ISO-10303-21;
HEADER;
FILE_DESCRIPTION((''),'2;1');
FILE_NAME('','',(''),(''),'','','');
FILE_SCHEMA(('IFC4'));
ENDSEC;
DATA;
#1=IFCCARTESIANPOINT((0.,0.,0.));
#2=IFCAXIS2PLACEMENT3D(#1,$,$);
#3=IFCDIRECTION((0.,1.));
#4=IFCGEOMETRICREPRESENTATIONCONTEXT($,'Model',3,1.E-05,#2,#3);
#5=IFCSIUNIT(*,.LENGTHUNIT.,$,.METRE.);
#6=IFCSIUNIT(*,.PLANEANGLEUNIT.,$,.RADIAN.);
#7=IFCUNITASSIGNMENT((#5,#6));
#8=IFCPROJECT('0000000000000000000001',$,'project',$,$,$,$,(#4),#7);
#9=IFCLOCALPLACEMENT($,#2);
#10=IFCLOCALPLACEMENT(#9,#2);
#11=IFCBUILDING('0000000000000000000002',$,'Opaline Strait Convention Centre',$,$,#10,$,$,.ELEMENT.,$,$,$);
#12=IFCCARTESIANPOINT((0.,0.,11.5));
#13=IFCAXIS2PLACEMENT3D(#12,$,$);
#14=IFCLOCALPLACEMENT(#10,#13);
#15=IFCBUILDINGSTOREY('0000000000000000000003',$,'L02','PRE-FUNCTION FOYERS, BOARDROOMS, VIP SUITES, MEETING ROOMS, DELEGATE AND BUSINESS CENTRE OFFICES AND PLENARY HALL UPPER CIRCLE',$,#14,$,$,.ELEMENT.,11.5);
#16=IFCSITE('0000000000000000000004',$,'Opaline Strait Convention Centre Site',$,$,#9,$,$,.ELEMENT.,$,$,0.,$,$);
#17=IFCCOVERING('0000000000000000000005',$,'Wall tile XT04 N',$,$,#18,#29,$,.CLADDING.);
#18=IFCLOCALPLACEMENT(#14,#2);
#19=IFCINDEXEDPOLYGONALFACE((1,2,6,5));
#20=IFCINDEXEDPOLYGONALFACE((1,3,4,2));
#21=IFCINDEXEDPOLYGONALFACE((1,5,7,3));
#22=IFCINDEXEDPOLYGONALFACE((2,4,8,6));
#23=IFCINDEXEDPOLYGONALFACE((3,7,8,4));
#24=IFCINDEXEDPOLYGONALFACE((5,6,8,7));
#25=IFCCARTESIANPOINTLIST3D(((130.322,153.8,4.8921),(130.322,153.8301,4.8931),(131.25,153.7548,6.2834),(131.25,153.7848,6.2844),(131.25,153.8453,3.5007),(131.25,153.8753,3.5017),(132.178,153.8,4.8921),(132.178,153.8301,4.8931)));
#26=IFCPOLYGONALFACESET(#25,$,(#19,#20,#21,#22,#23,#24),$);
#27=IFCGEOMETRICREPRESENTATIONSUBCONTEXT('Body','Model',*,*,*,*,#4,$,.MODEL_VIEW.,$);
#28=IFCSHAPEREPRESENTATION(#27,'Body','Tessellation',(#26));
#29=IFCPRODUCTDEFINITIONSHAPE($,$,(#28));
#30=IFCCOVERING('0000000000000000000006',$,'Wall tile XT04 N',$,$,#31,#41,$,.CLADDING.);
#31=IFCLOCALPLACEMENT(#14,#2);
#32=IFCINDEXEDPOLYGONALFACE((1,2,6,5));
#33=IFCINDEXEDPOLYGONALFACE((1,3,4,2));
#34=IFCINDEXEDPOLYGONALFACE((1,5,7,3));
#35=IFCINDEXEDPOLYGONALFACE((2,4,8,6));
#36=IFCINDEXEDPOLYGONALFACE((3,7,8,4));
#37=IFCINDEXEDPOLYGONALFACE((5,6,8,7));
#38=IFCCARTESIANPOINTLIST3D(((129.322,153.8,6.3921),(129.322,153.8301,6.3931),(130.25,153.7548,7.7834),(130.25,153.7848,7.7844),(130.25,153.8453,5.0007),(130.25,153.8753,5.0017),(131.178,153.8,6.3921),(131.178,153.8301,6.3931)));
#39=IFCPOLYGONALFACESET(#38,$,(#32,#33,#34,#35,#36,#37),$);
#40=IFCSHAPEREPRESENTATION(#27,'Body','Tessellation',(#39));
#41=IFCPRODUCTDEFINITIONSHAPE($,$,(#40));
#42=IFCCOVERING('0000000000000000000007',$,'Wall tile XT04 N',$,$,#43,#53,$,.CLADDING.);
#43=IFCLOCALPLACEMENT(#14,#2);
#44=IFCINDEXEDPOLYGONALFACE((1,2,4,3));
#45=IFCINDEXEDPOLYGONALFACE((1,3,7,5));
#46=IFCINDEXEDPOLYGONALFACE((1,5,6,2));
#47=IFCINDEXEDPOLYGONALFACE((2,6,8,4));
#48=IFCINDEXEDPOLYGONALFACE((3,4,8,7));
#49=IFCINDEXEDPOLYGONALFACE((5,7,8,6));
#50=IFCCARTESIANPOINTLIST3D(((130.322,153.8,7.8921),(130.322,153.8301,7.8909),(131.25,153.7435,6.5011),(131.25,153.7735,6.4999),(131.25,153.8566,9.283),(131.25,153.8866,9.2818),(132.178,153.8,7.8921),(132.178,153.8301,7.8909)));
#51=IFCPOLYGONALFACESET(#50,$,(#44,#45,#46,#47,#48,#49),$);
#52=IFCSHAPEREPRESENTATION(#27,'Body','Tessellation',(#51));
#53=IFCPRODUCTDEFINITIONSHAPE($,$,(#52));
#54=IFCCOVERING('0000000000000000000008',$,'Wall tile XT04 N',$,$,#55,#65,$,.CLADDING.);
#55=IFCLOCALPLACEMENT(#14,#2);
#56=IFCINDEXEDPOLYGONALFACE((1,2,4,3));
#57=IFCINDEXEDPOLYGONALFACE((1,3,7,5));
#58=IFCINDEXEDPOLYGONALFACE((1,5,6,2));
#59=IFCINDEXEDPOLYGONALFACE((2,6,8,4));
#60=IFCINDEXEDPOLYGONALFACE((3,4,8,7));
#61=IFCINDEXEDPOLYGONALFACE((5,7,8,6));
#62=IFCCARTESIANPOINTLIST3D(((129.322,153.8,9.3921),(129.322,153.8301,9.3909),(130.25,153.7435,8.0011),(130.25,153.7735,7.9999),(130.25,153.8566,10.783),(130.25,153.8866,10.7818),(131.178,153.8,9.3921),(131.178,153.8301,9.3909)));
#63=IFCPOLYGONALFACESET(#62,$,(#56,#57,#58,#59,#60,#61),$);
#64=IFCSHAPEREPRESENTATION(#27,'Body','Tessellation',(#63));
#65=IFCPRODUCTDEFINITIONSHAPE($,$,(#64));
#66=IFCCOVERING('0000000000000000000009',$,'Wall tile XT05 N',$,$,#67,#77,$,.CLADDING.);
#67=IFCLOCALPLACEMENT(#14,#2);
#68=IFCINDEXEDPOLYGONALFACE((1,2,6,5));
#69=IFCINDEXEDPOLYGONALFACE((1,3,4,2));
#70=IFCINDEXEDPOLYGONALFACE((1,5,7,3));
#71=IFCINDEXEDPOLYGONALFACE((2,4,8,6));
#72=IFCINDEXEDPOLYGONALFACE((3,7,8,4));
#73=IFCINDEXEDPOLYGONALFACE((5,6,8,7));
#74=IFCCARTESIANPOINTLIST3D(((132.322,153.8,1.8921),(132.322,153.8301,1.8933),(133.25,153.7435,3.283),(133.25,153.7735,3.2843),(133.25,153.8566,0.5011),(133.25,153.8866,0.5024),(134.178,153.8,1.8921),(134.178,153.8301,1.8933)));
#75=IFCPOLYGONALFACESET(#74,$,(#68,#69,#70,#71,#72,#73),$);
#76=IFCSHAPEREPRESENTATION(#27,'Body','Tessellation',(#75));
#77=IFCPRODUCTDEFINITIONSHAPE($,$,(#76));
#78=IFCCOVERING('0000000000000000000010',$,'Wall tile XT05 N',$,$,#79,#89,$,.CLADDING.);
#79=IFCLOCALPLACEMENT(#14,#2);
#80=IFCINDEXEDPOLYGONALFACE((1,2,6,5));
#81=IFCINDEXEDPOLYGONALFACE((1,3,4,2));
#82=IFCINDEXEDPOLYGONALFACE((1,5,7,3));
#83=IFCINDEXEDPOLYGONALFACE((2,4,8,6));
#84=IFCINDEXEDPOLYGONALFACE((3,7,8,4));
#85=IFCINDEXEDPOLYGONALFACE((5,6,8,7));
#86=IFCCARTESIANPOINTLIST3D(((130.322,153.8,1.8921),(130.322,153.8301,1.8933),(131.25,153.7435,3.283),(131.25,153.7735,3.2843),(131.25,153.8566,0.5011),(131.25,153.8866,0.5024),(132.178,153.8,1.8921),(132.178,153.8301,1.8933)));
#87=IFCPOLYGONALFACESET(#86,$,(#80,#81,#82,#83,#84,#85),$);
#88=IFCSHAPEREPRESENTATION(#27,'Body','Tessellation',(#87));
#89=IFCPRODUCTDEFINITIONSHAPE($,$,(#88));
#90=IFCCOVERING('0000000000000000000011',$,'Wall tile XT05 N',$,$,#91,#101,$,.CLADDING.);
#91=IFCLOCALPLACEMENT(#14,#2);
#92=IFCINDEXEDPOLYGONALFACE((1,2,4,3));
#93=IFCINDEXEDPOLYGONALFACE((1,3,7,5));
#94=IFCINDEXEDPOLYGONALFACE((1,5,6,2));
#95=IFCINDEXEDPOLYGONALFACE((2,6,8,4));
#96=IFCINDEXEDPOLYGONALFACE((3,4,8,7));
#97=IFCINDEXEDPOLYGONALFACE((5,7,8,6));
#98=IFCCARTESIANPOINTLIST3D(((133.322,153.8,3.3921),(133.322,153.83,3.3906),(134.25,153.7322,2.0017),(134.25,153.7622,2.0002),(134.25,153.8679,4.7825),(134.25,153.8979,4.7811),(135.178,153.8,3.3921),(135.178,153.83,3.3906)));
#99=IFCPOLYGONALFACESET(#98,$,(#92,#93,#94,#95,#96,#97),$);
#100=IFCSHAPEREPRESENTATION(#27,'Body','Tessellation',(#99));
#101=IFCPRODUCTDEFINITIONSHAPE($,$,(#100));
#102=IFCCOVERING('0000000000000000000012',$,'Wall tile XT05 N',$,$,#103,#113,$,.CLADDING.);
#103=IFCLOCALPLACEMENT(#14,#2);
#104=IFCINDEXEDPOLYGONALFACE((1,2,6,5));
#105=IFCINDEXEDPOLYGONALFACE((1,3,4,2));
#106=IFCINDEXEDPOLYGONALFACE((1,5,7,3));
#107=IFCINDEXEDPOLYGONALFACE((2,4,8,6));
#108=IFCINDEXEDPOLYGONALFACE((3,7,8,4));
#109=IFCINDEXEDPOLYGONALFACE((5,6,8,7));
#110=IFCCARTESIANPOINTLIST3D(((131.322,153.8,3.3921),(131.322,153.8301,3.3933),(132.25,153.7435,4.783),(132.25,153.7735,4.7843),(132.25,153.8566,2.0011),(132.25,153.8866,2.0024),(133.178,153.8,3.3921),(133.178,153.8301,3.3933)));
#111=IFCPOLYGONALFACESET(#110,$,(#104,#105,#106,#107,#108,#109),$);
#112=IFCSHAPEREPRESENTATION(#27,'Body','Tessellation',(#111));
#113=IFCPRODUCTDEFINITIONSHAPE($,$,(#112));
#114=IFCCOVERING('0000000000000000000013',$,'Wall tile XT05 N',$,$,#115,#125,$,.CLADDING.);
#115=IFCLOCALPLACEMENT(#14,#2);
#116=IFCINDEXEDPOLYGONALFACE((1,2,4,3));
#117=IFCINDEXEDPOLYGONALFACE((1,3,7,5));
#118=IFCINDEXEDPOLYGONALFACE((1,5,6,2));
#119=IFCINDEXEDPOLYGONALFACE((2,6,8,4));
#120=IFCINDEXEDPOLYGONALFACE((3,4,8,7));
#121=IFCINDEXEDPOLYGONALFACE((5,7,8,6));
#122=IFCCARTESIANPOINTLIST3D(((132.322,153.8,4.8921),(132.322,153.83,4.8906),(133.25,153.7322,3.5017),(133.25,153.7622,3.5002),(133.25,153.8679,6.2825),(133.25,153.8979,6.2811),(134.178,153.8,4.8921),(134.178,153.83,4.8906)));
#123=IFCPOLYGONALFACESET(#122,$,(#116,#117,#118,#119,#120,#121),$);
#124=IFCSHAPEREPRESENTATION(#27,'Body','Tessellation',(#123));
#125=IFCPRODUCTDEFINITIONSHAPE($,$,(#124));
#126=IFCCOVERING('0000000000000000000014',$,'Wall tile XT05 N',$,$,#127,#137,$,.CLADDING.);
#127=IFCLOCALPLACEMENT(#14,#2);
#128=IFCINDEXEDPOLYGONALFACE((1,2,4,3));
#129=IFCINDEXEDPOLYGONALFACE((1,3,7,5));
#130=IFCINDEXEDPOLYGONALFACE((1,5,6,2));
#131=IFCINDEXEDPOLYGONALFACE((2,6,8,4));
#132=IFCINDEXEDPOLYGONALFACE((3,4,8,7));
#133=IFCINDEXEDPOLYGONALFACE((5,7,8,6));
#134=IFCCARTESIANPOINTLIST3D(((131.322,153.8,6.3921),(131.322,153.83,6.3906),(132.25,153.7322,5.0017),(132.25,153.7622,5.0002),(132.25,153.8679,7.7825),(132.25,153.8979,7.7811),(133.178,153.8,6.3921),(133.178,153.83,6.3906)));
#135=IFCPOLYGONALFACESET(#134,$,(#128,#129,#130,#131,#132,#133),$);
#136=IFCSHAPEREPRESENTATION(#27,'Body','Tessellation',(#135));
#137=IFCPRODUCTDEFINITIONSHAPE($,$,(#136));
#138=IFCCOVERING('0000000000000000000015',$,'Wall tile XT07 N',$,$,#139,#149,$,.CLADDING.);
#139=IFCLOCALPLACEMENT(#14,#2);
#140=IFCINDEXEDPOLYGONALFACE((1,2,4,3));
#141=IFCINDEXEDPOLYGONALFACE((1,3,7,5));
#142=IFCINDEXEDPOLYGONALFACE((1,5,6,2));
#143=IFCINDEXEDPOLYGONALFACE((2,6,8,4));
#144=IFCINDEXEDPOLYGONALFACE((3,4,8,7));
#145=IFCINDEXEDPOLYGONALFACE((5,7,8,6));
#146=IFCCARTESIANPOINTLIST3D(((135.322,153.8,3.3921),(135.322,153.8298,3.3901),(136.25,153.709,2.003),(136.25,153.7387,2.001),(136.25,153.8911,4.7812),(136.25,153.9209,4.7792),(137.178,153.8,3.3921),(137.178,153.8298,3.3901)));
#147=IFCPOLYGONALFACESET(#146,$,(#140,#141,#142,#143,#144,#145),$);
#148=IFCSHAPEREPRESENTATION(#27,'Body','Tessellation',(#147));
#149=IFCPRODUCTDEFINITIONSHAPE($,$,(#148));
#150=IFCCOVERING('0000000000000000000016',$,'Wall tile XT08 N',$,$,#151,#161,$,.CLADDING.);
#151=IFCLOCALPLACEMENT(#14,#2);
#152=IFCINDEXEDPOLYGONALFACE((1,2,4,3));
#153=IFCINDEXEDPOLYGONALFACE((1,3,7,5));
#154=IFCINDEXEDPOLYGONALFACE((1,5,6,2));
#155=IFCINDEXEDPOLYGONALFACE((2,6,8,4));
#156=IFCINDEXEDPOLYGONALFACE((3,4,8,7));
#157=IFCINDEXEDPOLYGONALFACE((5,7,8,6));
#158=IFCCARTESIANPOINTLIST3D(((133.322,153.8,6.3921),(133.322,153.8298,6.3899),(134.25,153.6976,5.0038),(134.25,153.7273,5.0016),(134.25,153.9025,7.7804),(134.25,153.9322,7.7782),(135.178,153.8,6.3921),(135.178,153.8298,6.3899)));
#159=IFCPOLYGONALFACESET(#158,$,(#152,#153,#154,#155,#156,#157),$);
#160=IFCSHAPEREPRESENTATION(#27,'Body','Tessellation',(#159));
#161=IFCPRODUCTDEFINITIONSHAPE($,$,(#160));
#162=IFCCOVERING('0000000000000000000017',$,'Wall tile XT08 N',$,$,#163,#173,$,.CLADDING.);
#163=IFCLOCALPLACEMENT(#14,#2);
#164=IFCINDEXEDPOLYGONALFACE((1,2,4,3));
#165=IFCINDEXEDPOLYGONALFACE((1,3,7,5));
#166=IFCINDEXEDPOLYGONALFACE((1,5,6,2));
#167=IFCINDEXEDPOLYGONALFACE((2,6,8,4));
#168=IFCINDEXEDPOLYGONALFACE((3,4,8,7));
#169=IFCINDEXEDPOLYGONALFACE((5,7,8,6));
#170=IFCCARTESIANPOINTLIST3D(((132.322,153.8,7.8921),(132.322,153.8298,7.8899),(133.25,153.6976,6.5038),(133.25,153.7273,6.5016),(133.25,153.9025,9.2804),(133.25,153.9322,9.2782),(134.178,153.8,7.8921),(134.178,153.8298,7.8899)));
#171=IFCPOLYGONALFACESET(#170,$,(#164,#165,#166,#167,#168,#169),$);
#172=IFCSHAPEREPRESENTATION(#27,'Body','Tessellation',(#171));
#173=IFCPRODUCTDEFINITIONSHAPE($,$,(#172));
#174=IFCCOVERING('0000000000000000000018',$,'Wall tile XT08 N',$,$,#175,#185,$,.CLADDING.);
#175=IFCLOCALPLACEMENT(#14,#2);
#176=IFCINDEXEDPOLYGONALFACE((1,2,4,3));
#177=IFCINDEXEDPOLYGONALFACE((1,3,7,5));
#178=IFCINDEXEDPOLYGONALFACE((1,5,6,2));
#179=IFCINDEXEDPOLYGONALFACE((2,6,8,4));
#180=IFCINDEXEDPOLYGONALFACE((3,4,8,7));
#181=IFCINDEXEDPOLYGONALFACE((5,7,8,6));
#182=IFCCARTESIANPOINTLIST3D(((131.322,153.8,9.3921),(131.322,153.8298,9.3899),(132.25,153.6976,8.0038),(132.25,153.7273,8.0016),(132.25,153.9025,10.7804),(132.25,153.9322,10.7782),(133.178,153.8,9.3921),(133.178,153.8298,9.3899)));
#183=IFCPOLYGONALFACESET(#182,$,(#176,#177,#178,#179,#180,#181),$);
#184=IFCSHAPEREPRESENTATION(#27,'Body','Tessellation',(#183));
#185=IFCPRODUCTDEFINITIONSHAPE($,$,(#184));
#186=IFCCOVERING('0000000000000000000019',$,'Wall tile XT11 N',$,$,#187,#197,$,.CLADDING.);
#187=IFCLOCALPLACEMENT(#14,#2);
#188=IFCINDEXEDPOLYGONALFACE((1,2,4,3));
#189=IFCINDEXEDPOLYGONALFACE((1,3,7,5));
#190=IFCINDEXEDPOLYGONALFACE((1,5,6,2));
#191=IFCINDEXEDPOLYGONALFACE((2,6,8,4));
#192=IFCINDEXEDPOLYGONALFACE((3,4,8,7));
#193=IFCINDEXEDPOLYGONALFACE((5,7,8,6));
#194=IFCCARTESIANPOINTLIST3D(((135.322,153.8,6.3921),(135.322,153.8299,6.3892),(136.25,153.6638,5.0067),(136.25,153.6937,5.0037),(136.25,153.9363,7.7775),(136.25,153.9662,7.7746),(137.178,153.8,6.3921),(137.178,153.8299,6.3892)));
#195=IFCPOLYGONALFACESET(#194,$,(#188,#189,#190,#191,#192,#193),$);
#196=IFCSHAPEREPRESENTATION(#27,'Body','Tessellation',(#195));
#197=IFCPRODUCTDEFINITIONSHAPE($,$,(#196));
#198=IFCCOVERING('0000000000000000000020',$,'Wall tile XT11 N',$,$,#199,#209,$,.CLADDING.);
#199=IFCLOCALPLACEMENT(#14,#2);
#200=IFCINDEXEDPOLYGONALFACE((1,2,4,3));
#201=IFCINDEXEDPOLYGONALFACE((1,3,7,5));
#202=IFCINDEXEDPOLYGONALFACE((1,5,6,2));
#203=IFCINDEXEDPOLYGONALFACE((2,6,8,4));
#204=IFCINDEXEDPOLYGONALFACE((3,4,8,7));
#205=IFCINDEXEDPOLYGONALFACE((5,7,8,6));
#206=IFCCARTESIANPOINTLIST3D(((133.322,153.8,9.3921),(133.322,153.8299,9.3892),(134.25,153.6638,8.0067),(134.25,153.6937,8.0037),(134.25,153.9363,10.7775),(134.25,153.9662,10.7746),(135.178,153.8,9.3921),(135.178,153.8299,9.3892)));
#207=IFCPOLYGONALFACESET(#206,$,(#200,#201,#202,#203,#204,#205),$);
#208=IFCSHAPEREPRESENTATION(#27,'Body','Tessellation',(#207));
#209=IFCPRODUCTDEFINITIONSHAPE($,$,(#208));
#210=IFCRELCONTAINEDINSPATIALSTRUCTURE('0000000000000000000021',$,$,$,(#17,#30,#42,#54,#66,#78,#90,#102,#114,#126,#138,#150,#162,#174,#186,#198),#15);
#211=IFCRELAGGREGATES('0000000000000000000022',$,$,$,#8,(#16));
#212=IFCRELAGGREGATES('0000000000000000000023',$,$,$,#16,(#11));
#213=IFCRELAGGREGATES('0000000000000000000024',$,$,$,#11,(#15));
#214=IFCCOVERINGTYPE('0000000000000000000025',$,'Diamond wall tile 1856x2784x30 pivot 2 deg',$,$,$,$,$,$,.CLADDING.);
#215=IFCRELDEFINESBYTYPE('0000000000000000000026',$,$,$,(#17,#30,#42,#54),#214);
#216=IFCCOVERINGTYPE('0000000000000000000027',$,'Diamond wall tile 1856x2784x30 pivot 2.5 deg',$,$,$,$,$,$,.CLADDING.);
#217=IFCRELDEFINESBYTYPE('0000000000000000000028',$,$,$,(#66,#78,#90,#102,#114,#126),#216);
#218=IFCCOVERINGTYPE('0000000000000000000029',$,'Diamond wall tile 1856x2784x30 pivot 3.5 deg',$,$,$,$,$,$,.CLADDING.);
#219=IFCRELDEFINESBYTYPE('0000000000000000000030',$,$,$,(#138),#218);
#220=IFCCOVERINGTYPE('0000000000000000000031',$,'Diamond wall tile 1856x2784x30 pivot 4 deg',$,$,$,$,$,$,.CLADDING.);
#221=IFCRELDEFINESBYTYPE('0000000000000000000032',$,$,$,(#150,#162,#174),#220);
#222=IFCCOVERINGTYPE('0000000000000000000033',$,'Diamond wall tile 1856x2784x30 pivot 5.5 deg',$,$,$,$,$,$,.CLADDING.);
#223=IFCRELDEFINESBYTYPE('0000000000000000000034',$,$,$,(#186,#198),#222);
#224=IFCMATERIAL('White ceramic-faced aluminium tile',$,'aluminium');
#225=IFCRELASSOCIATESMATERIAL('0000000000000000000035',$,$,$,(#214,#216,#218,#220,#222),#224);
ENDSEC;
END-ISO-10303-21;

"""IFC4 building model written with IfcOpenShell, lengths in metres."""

from ifc_helpers import new_model, si_unit, direction, frame, origin, place, context, subcontext, project, spatial, polyline, outline, extrude, material, material_profile, profile_set, type_object, element, save


model = new_model("IFC4")

# Units and contexts
model_context = context("Model", 3, precision=1e-05, world=origin(), true_north=direction((0.0, 1.0)))
body_context = subcontext(model_context, "Body", "Model", "MODEL_VIEW")
ifc_project = project(units=[si_unit("LENGTHUNIT", "METRE"), si_unit("PLANEANGLEUNIT", "RADIAN")], contexts=[model_context])

# Site, building, storey
site_placement = place(None, origin())
site = spatial("IfcSite", under=ifc_project, at=site_placement, Name="Opaline Strait Convention Centre Site", CompositionType="ELEMENT", RefElevation=0.0)
building_placement = place(site_placement, origin())
building = spatial("IfcBuilding", under=site, at=building_placement, Name="Opaline Strait Convention Centre", CompositionType="ELEMENT")
storey_placement = place(building_placement, frame((0.0, 0.0, 11.5)))
storey = spatial("IfcBuildingStorey", under=building, at=storey_placement, Name="L02", Description="PRE-FUNCTION FOYERS, BOARDROOMS, VIP SUITES, MEETING ROOMS, DELEGATE AND BUSINESS CENTRE OFFICES AND PLENARY HALL UPPER CIRCLE", CompositionType="ELEMENT", Elevation=11.5)

# Coverings
ifc_material_1 = material(Name="White ceramic-faced aluminium tile", Category="aluminium")
ifc_material_profile_1 = material_profile(ifc_material_1, outline(polyline([(0.928, 0.0), (0.0, 1.3921), (-0.928, 0.0), (0.0, -1.3921), (0.928, 0.0)])), Name="Diamond tile 1856x2784")
ifc_profile_set_1 = profile_set([ifc_material_profile_1], Name="White ceramic-faced aluminium tile")
covering_type_1 = type_object("IfcCoveringType", Name="Diamond wall tile 1856x2784x30 pivot 2 deg", PredefinedType="CLADDING", material=ifc_profile_set_1)
for number, where, z_axis, x_axis, name in (
    (1, (131.25, 153.8, 4.8921), (0.0, 0.999472, 0.032503), (-1.0, 0.0, 0.0), "Wall tile XT04 N"),
    (2, (130.25, 153.8, 6.3921), (0.0, 0.999472, 0.032503), (-1.0, 0.0, 0.0), "Wall tile XT04 N"),
    (3, (131.25, 153.8, 7.8921), (0.0, 0.999175, -0.040617), (-1.0, 0.0, 0.0), "Wall tile XT04 N"),
    (4, (130.25, 153.8, 9.3921), (0.0, 0.999175, -0.040617), (-1.0, 0.0, 0.0), "Wall tile XT04 N"),
):
    element("IfcCovering", number, at=place(storey_placement, frame(where, z_axis=z_axis, x_axis=x_axis)), inside=storey, type_object=covering_type_1, Name=name, PredefinedType="CLADDING", context=body_context, shape_type="SweptSolid", body=[
        extrude(outline(polyline([(0.928, 0.0), (0.0, 1.3921), (-0.928, 0.0), (0.0, -1.3921), (0.928, 0.0)])), origin(), (0.0, 0.0, 1.0), 0.03),
    ])
ifc_material_profile_2 = material_profile(ifc_material_1, outline(polyline([(0.928, 0.0), (0.0, 1.3921), (-0.928, 0.0), (0.0, -1.3921), (0.928, 0.0)])), Name="Diamond tile 1856x2784")
ifc_profile_set_2 = profile_set([ifc_material_profile_2], Name="White ceramic-faced aluminium tile")
covering_type_2 = type_object("IfcCoveringType", Name="Diamond wall tile 1856x2784x30 pivot 2.5 deg", PredefinedType="CLADDING", material=ifc_profile_set_2)
for number, where, z_axis, x_axis, name in (
    (5, (133.25, 153.8, 1.8921), (0.0, 0.999175, 0.040617), (-1.0, 0.0, 0.0), "Wall tile XT05 N"),
    (6, (131.25, 153.8, 1.8921), (0.0, 0.999175, 0.040617), (-1.0, 0.0, 0.0), "Wall tile XT05 N"),
    (7, (134.25, 153.8, 3.3921), (0.0, 0.998812, -0.048723), (-1.0, 0.0, 0.0), "Wall tile XT05 N"),
    (8, (132.25, 153.8, 3.3921), (0.0, 0.999175, 0.040617), (-1.0, 0.0, 0.0), "Wall tile XT05 N"),
    (9, (133.25, 153.8, 4.8921), (0.0, 0.998812, -0.048723), (-1.0, 0.0, 0.0), "Wall tile XT05 N"),
    (10, (132.25, 153.8, 6.3921), (0.0, 0.998812, -0.048723), (-1.0, 0.0, 0.0), "Wall tile XT05 N"),
):
    element("IfcCovering", number, at=place(storey_placement, frame(where, z_axis=z_axis, x_axis=x_axis)), inside=storey, type_object=covering_type_2, Name=name, PredefinedType="CLADDING", context=body_context, shape_type="SweptSolid", body=[
        extrude(outline(polyline([(0.928, 0.0), (0.0, 1.3921), (-0.928, 0.0), (0.0, -1.3921), (0.928, 0.0)])), origin(), (0.0, 0.0, 1.0), 0.03),
    ])
ifc_material_profile_3 = material_profile(ifc_material_1, outline(polyline([(0.928, 0.0), (0.0, 1.3921), (-0.928, 0.0), (0.0, -1.3921), (0.928, 0.0)])), Name="Diamond tile 1856x2784")
ifc_profile_set_3 = profile_set([ifc_material_profile_3], Name="White ceramic-faced aluminium tile")
covering_type_3 = type_object("IfcCoveringType", Name="Diamond wall tile 1856x2784x30 pivot 3.5 deg", PredefinedType="CLADDING", material=ifc_profile_set_3)
covering_placement = place(storey_placement, frame((136.25, 153.8, 3.3921), z_axis=(0.0, 0.997857, -0.065433), x_axis=(-1.0, 0.0, 0.0)))
element("IfcCovering", 11, at=covering_placement, inside=storey, type_object=covering_type_3, Name="Wall tile XT07 N", PredefinedType="CLADDING", context=body_context, shape_type="SweptSolid", body=[
    extrude(outline(polyline([(0.928, 0.0), (0.0, 1.3921), (-0.928, 0.0), (0.0, -1.3921), (0.928, 0.0)])), origin(), (0.0, 0.0, 1.0), 0.0298),
])
ifc_material_profile_4 = material_profile(ifc_material_1, outline(polyline([(0.928, 0.0), (0.0, 1.3921), (-0.928, 0.0), (0.0, -1.3921), (0.928, 0.0)])), Name="Diamond tile 1856x2784")
ifc_profile_set_4 = profile_set([ifc_material_profile_4], Name="White ceramic-faced aluminium tile")
covering_type_4 = type_object("IfcCoveringType", Name="Diamond wall tile 1856x2784x30 pivot 4 deg", PredefinedType="CLADDING", material=ifc_profile_set_4)
for number, where, z_axis, x_axis, name in (
    (12, (134.25, 153.8, 6.3921), (0.0, 0.99729, -0.073571), (-1.0, 0.0, 0.0), "Wall tile XT08 N"),
    (13, (133.25, 153.8, 7.8921), (0.0, 0.99729, -0.073571), (-1.0, 0.0, 0.0), "Wall tile XT08 N"),
    (14, (132.25, 153.8, 9.3921), (0.0, 0.99729, -0.073571), (-1.0, 0.0, 0.0), "Wall tile XT08 N"),
):
    element("IfcCovering", number, at=place(storey_placement, frame(where, z_axis=z_axis, x_axis=x_axis)), inside=storey, type_object=covering_type_4, Name=name, PredefinedType="CLADDING", context=body_context, shape_type="SweptSolid", body=[
        extrude(outline(polyline([(0.928, 0.0), (0.0, 1.3921), (-0.928, 0.0), (0.0, -1.3921), (0.928, 0.0)])), origin(), (0.0, 0.0, 1.0), 0.0298),
    ])
ifc_material_profile_5 = material_profile(ifc_material_1, outline(polyline([(0.928, 0.0), (0.0, 1.3921), (-0.928, 0.0), (0.0, -1.3921), (0.928, 0.0)])), Name="Diamond tile 1856x2784")
ifc_profile_set_5 = profile_set([ifc_material_profile_5], Name="White ceramic-faced aluminium tile")
covering_type_5 = type_object("IfcCoveringType", Name="Diamond wall tile 1856x2784x30 pivot 5.5 deg", PredefinedType="CLADDING", material=ifc_profile_set_5)
for number, where, z_axis, x_axis, name in (
    (15, (136.25, 153.8, 6.3921), (0.0, 0.995197, -0.097888), (-1.0, 0.0, 0.0), "Wall tile XT11 N"),
    (16, (134.25, 153.8, 9.3921), (0.0, 0.995197, -0.097888), (-1.0, 0.0, 0.0), "Wall tile XT11 N"),
):
    element("IfcCovering", number, at=place(storey_placement, frame(where, z_axis=z_axis, x_axis=x_axis)), inside=storey, type_object=covering_type_5, Name=name, PredefinedType="CLADDING", context=body_context, shape_type="SweptSolid", body=[
        extrude(outline(polyline([(0.928, 0.0), (0.0, 1.3921), (-0.928, 0.0), (0.0, -1.3921), (0.928, 0.0)])), origin(), (0.0, 0.0, 1.0), 0.03),
    ])

save(model, "model.ifc")
